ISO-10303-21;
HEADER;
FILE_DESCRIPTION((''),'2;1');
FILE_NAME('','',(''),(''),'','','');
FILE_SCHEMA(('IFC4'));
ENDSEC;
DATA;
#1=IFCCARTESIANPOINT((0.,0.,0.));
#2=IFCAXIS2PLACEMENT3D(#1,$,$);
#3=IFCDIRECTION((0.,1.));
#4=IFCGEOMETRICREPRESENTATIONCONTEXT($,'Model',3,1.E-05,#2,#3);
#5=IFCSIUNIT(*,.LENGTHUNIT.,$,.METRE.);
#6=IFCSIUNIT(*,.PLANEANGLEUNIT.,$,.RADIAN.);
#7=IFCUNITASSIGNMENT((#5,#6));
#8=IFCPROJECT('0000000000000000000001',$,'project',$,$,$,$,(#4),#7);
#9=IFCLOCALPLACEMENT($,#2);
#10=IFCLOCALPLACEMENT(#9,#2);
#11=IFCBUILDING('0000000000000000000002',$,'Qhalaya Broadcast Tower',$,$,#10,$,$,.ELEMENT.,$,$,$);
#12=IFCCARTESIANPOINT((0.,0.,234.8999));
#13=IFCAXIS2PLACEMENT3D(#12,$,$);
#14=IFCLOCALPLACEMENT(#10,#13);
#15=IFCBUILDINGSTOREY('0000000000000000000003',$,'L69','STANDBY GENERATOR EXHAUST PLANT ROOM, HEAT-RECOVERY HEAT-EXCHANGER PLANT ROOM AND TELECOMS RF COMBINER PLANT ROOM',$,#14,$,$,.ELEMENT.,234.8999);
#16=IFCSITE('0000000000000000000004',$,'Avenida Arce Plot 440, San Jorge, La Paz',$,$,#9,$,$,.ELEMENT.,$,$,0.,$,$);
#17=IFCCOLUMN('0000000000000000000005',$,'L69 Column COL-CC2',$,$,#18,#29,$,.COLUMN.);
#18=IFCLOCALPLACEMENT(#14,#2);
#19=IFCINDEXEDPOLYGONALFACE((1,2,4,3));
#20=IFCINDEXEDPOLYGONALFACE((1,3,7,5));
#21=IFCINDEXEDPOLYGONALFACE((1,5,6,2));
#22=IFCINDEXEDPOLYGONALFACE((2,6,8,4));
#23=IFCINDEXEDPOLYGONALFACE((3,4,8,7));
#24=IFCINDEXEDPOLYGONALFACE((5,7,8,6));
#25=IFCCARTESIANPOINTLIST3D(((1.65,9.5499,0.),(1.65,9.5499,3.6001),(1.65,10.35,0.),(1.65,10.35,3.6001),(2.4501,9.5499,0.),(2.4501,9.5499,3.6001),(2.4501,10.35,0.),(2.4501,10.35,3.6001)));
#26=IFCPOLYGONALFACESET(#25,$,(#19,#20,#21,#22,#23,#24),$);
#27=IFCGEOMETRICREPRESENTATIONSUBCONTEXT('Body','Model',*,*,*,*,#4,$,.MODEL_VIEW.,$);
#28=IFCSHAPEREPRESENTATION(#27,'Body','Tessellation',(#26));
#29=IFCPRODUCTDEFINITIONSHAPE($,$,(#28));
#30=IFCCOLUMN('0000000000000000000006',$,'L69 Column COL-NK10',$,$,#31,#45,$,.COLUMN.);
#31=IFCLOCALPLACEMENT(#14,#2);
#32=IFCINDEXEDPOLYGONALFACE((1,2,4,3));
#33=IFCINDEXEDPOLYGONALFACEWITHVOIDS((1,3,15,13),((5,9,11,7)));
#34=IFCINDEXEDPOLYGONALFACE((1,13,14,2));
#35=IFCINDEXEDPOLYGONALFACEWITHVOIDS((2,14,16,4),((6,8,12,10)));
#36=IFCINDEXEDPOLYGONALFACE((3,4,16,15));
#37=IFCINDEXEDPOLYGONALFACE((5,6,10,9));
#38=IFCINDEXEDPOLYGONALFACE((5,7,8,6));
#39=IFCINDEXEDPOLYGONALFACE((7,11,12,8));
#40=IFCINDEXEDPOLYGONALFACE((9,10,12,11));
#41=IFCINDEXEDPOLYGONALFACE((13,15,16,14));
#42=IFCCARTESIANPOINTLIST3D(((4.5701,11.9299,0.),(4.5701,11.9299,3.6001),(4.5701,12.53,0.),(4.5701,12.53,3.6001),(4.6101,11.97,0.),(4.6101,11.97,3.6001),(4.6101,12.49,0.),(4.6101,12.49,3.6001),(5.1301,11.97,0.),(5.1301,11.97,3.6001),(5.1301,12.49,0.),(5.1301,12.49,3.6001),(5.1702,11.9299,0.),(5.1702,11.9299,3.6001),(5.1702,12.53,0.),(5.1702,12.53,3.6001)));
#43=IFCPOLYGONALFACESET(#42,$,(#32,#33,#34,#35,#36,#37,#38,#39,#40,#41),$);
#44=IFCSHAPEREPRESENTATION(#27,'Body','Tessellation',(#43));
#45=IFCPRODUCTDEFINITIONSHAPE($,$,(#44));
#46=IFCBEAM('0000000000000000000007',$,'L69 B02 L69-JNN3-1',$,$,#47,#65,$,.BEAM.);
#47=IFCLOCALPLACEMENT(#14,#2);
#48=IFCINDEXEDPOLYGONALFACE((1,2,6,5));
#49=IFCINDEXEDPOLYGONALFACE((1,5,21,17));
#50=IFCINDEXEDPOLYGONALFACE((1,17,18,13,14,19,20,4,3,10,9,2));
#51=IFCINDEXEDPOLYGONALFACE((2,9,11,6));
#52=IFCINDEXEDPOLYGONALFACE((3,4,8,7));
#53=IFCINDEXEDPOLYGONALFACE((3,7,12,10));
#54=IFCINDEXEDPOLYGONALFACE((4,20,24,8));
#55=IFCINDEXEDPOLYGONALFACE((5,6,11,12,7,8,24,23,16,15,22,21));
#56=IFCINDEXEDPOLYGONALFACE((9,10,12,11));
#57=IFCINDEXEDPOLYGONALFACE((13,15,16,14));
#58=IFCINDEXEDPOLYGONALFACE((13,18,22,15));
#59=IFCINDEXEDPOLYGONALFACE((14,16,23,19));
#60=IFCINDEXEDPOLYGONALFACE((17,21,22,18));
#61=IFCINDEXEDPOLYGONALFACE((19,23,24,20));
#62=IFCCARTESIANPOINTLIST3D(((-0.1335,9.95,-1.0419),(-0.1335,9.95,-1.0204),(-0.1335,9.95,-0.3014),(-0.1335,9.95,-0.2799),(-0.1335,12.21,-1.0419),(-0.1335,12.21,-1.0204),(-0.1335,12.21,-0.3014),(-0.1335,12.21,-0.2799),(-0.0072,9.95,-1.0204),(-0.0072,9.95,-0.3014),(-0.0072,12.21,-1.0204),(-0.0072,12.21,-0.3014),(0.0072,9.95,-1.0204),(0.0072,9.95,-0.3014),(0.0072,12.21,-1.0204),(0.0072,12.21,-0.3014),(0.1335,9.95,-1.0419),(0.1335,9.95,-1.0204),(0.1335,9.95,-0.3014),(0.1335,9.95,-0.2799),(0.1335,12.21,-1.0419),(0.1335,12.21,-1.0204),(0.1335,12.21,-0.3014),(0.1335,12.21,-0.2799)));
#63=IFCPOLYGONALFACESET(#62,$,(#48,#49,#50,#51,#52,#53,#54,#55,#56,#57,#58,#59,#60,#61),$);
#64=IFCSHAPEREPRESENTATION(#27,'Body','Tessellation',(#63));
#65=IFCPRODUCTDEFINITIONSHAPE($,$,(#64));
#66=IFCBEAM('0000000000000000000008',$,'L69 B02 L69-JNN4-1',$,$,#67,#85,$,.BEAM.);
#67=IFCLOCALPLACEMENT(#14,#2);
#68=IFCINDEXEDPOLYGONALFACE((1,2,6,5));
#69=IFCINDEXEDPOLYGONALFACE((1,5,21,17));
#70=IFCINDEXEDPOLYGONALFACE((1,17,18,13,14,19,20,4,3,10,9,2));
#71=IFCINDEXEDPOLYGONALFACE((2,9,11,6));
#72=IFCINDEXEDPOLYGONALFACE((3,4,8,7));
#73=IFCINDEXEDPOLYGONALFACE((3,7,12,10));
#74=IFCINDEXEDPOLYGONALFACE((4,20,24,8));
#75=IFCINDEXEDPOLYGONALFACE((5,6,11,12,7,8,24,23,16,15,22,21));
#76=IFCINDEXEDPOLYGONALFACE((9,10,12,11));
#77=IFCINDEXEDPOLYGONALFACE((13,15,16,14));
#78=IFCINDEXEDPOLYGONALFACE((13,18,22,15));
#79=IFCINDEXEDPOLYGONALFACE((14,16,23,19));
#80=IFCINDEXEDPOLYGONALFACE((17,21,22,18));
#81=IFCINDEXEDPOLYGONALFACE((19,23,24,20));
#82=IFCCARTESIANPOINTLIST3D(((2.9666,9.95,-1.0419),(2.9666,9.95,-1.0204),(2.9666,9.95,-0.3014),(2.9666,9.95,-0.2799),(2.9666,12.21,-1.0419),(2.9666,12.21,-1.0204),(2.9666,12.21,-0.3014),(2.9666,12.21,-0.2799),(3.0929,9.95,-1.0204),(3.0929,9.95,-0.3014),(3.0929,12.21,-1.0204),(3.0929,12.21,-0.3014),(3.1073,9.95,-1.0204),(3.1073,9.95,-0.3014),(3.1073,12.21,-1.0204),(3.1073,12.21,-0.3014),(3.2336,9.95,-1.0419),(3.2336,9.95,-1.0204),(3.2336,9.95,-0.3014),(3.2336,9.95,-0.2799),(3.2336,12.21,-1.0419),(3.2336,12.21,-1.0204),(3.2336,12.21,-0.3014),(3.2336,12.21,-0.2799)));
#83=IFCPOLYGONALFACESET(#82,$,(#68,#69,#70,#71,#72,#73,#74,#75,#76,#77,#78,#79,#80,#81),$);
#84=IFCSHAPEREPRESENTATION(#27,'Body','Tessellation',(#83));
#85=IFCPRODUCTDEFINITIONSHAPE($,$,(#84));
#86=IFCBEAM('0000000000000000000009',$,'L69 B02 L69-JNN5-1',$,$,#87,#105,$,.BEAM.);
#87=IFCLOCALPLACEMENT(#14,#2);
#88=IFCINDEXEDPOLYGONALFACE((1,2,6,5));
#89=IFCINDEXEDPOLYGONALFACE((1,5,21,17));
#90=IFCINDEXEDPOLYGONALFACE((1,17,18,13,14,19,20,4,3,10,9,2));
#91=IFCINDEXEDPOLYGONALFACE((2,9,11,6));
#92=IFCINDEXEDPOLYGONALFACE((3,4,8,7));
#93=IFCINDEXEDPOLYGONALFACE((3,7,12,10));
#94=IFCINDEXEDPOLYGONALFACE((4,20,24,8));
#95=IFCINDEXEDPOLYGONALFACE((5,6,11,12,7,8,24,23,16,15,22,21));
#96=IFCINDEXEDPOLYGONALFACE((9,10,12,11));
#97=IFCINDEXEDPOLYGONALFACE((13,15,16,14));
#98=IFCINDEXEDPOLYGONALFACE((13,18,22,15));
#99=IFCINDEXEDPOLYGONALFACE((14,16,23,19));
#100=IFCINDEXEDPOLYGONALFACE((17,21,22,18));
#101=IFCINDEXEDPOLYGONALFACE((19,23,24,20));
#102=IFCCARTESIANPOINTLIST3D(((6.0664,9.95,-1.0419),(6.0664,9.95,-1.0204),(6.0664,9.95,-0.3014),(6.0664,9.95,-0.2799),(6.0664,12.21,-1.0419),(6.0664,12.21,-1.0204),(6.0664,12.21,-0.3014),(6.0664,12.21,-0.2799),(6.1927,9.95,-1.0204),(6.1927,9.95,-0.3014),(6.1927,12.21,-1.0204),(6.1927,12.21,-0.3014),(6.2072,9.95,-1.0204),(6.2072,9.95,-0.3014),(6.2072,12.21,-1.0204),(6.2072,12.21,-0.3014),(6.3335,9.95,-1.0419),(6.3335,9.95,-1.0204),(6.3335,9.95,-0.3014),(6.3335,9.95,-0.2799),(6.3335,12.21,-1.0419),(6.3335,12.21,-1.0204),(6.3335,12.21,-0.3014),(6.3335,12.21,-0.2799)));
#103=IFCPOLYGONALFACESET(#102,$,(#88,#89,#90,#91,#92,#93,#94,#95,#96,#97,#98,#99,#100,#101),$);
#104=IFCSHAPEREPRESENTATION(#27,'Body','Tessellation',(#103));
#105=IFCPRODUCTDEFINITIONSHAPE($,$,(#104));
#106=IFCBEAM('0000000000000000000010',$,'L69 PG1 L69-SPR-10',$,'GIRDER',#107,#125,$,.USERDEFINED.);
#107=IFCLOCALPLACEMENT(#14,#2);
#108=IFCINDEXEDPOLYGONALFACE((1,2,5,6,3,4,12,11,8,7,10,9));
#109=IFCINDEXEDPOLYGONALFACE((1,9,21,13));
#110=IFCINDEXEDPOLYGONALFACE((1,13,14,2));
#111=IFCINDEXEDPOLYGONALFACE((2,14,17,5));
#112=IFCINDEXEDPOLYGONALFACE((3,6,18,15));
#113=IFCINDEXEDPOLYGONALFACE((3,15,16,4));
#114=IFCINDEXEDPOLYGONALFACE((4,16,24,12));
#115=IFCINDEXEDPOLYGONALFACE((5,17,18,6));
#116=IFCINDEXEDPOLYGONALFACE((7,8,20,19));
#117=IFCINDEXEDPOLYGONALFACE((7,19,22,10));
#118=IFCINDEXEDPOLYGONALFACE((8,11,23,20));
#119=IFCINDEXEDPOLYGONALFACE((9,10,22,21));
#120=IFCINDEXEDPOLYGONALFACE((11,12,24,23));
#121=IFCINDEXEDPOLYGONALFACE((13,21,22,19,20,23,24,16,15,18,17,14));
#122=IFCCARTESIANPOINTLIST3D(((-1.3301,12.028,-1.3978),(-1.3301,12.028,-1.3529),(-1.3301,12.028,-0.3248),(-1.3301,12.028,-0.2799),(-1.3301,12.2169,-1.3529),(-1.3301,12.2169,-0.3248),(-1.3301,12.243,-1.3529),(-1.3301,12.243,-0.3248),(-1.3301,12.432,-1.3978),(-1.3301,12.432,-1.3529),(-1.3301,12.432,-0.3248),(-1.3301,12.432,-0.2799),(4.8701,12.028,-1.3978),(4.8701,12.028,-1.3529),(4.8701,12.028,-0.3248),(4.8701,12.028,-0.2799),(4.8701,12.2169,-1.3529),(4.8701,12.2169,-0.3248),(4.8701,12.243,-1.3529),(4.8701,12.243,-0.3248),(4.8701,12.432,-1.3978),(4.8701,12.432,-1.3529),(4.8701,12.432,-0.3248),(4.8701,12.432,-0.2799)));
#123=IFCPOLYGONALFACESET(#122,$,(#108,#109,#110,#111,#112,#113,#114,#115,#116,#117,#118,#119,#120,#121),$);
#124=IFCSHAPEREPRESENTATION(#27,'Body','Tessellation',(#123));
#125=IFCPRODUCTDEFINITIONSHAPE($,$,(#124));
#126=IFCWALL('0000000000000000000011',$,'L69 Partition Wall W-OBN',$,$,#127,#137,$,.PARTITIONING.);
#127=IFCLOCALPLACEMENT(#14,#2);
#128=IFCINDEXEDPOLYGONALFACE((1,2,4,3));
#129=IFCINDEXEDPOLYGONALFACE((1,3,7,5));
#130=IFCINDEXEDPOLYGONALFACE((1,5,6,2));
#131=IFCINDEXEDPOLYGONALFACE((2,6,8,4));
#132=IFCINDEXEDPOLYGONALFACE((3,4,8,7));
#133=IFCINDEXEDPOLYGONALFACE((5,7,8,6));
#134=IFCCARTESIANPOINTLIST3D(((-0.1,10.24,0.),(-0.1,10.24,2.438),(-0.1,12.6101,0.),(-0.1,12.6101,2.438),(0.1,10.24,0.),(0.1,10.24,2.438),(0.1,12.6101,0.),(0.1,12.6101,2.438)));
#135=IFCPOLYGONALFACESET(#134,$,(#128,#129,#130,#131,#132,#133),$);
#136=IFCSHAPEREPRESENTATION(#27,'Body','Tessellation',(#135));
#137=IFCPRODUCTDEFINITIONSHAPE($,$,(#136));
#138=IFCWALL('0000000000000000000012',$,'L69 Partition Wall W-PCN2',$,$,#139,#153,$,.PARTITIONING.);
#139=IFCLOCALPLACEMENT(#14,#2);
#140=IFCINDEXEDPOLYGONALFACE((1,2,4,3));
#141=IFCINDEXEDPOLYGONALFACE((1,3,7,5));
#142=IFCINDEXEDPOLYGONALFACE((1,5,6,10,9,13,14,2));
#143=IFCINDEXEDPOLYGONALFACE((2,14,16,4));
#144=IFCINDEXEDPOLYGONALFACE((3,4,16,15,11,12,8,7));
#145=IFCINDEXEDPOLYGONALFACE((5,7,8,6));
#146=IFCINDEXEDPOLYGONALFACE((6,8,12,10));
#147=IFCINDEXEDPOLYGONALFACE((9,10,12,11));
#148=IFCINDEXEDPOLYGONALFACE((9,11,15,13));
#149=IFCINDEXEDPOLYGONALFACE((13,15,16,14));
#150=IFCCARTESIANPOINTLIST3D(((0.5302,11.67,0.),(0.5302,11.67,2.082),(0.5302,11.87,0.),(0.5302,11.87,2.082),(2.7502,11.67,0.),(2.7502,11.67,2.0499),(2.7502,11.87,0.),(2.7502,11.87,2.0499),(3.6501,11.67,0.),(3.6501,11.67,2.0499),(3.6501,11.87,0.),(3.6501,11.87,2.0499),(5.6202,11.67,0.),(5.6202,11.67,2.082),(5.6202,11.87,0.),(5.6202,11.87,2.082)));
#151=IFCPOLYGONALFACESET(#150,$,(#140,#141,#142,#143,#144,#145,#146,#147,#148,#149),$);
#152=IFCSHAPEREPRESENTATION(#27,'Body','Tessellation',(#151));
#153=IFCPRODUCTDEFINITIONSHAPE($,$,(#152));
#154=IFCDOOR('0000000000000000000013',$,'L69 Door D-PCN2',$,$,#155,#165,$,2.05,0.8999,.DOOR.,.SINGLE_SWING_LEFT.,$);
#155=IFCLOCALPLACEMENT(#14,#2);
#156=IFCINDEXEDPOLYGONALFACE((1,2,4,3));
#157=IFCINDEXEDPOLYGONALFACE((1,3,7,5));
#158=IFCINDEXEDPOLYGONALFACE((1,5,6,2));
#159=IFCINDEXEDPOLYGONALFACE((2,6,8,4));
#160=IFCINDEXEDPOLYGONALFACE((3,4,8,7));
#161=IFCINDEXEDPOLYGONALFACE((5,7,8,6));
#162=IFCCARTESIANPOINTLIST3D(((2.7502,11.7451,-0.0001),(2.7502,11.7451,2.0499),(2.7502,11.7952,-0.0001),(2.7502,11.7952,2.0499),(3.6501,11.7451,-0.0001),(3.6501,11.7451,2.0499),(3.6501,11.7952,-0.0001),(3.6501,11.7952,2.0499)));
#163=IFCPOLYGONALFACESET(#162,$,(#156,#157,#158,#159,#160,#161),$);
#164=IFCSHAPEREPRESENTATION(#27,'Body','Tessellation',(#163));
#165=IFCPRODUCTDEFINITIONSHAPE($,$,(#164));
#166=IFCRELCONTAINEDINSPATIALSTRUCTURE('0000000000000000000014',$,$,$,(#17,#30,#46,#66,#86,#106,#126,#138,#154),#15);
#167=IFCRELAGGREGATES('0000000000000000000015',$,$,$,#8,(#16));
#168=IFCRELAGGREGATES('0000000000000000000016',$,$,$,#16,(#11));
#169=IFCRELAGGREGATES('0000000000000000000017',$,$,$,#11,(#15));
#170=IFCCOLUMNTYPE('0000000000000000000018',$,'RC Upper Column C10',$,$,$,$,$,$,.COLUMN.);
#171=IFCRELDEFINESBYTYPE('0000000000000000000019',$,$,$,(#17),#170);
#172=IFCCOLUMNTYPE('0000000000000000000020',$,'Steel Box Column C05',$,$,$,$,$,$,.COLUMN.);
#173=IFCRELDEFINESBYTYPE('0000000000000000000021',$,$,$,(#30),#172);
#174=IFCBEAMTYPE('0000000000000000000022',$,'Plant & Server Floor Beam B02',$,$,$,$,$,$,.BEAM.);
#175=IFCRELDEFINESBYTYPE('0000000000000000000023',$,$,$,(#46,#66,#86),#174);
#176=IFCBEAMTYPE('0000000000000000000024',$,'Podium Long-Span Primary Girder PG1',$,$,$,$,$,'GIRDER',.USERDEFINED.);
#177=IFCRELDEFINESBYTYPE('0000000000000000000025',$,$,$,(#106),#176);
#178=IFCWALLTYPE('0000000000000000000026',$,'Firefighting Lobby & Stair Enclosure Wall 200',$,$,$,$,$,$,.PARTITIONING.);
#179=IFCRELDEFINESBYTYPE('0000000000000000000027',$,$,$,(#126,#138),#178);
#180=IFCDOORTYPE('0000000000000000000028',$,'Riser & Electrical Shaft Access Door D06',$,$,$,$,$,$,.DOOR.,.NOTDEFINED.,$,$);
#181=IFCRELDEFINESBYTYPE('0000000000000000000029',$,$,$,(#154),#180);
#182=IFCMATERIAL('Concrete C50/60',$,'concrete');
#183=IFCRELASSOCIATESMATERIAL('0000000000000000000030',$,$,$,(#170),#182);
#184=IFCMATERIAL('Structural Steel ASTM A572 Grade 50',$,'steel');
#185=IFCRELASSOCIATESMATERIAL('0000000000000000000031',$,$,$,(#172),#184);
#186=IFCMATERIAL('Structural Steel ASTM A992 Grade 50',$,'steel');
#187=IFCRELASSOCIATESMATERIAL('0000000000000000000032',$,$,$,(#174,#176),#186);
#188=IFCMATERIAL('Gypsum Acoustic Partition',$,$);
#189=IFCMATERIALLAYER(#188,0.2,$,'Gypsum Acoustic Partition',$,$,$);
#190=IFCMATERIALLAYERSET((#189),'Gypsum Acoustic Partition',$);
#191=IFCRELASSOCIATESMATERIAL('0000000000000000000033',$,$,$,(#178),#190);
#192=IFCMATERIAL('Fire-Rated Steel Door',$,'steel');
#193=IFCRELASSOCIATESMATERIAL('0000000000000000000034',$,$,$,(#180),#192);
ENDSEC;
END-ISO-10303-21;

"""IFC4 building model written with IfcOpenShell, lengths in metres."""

from ifc_helpers import new_model, si_unit, direction, frame, frame_2d, origin, origin_2d, place, context, subcontext, project, spatial, rectangle, hollow_rectangle, i_section, extrude, material, layer, layer_set, material_profile, profile_set, type_object, element, fill, save


model = new_model("IFC4")

# Units and contexts
model_context = context("Model", 3, precision=1e-05, world=origin(), true_north=direction((0.0, 1.0)))
body_context = subcontext(model_context, "Body", "Model", "MODEL_VIEW")
ifc_project = project(units=[si_unit("LENGTHUNIT", "METRE"), si_unit("PLANEANGLEUNIT", "RADIAN")], contexts=[model_context])

# Site, building, storey
site_placement = place(None, origin())
site = spatial("IfcSite", under=ifc_project, at=site_placement, Name="Avenida Arce Plot 440, San Jorge, La Paz", CompositionType="ELEMENT", RefElevation=0.0)
building_placement = place(site_placement, origin())
building = spatial("IfcBuilding", under=site, at=building_placement, Name="Qhalaya Broadcast Tower", CompositionType="ELEMENT")
storey_placement = place(building_placement, frame((0.0, 0.0, 234.8999)))
storey = spatial("IfcBuildingStorey", under=building, at=storey_placement, Name="L69", Description="STANDBY GENERATOR EXHAUST PLANT ROOM, HEAT-RECOVERY HEAT-EXCHANGER PLANT ROOM AND TELECOMS RF COMBINER PLANT ROOM", CompositionType="ELEMENT", Elevation=234.8999)

# Columns
ifc_material_1 = material(Name="Concrete C50/60", Category="concrete")
ifc_material_profile_1 = material_profile(ifc_material_1, rectangle(XDim=0.8, YDim=0.8, at=origin_2d()), Name="RC-COL 800x800")
ifc_profile_set_1 = profile_set([ifc_material_profile_1], Name="Concrete C50/60")
column_type_1 = type_object("IfcColumnType", Name="RC Upper Column C10", PredefinedType="COLUMN", material=ifc_profile_set_1)
column_1_placement = place(storey_placement, frame((2.05, 9.95, 0.0), z_axis=(0.0, 0.0, 1.0), x_axis=(1.0, 0.0, 0.0)))
element("IfcColumn", 1, at=column_1_placement, inside=storey, type_object=column_type_1, Name="L69 Column COL-CC2", PredefinedType="COLUMN", context=body_context, shape_type="SweptSolid", body=[
    extrude(rectangle(XDim=0.8, YDim=0.8, at=origin_2d()), origin(), (0.0, 0.0, 1.0), 3.6001),
])
ifc_material_2 = material(Name="Structural Steel ASTM A572 Grade 50", Category="steel")
ifc_material_profile_2 = material_profile(ifc_material_2, hollow_rectangle(XDim=0.6001, YDim=0.6001, WallThickness=0.04, at=origin_2d()), Name="BOX 600x600x40")
ifc_profile_set_2 = profile_set([ifc_material_profile_2], Name="Structural Steel ASTM A572 Grade 50")
column_type_2 = type_object("IfcColumnType", Name="Steel Box Column C05", PredefinedType="COLUMN", material=ifc_profile_set_2)
column_2_placement = place(storey_placement, frame((4.8701, 12.23, 0.0), z_axis=(0.0, 0.0, 1.0), x_axis=(1.0, 0.0, 0.0)))
element("IfcColumn", 2, at=column_2_placement, inside=storey, type_object=column_type_2, Name="L69 Column COL-NK10", PredefinedType="COLUMN", context=body_context, shape_type="SweptSolid", body=[
    extrude(hollow_rectangle(XDim=0.6001, YDim=0.6001, WallThickness=0.04, at=origin_2d()), origin(), (0.0, 0.0, 1.0), 3.6001),
])

# Beams
ifc_material_3 = material(Name="Structural Steel ASTM A992 Grade 50", Category="steel")
ifc_material_profile_3 = material_profile(ifc_material_3, i_section(OverallWidth=0.2671, OverallDepth=0.762, WebThickness=0.0144, FlangeThickness=0.0215, at=origin_2d()), Name="W30X116")
ifc_profile_set_3 = profile_set([ifc_material_profile_3], Name="Structural Steel ASTM A992 Grade 50")
beam_type_1 = type_object("IfcBeamType", Name="Plant & Server Floor Beam B02", PredefinedType="BEAM", material=ifc_profile_set_3)
for number, where, z_axis, x_axis, name in (
    (3, (0.0, 9.95, -0.6609), (0.0, 1.0, 0.0), (-1.0, 0.0, 0.0), "L69 B02 L69-JNN3-1"),
    (4, (3.1001, 9.95, -0.6609), (0.0, 1.0, 0.0), (-1.0, 0.0, 0.0), "L69 B02 L69-JNN4-1"),
    (5, (6.2, 9.95, -0.6609), (0.0, 1.0, 0.0), (-1.0, 0.0, 0.0), "L69 B02 L69-JNN5-1"),
):
    element("IfcBeam", number, at=place(storey_placement, frame(where, z_axis=z_axis, x_axis=x_axis)), inside=storey, type_object=beam_type_1, Name=name, PredefinedType="BEAM", context=body_context, shape_type="SweptSolid", body=[
        extrude(i_section(OverallWidth=0.2671, OverallDepth=0.762, WebThickness=0.0144, FlangeThickness=0.0215, at=origin_2d()), origin(), (0.0, 0.0, 1.0), 2.26),
    ])
ifc_material_profile_4 = material_profile(ifc_material_3, i_section(OverallWidth=0.4041, OverallDepth=1.1179, WebThickness=0.0261, FlangeThickness=0.0449, at=origin_2d()), Name="W44X335")
ifc_profile_set_4 = profile_set([ifc_material_profile_4], Name="Structural Steel ASTM A992 Grade 50")
beam_type_2 = type_object("IfcBeamType", Name="Podium Long-Span Primary Girder PG1", ElementType="GIRDER", PredefinedType="USERDEFINED", material=ifc_profile_set_4)
beam_placement = place(storey_placement, frame((4.8701, 12.23, -0.8389), z_axis=(-1.0, 0.0, 0.0), x_axis=(0.0, -1.0, 0.0)))
element("IfcBeam", 6, at=beam_placement, inside=storey, type_object=beam_type_2, Name="L69 PG1 L69-SPR-10", ObjectType="GIRDER", PredefinedType="USERDEFINED", context=body_context, shape_type="SweptSolid", body=[
    extrude(i_section(OverallWidth=0.4041, OverallDepth=1.1179, WebThickness=0.0261, FlangeThickness=0.0449, at=origin_2d()), origin(), (0.0, 0.0, 1.0), 6.2002),
])

# Wall
ifc_material_4 = material(Name="Gypsum Acoustic Partition")
ifc_layer_1 = layer(ifc_material_4, 0.2, Name="Gypsum Acoustic Partition")
ifc_layer_set_1 = layer_set([ifc_layer_1], Name="Gypsum Acoustic Partition")
wall_type_1 = type_object("IfcWallType", Name="Firefighting Lobby & Stair Enclosure Wall 200", PredefinedType="PARTITIONING", material=ifc_layer_set_1)
wall_1_placement = place(storey_placement, frame((0.0, 10.24, 0.0), z_axis=(0.0, 0.0, 1.0), x_axis=(0.0, 1.0, 0.0)))
element("IfcWall", 7, at=wall_1_placement, inside=storey, type_object=wall_type_1, Name="L69 Partition Wall W-OBN", PredefinedType="PARTITIONING", context=body_context, shape_type="SweptSolid", body=[
    extrude(rectangle(XDim=2.3701, YDim=0.2, at=frame_2d((1.1851, 0.0))), origin(), (0.0, 0.0, 1.0), 2.438),
])

# Wall, opening, door
wall_2_placement = place(storey_placement, frame((5.6201, 11.77, 0.0), z_axis=(0.0, 0.0, 1.0), x_axis=(-1.0, 0.0, 0.0)))
wall_2 = element("IfcWall", 8, at=wall_2_placement, inside=storey, type_object=wall_type_1, Name="L69 Partition Wall W-PCN2", PredefinedType="PARTITIONING", context=body_context, shape_type="SweptSolid", body=[
    extrude(rectangle(XDim=5.0901, YDim=0.2, at=frame_2d((2.5449, 0.0))), origin(), (0.0, 0.0, 1.0), 2.082),
])
opening_1_placement = place(wall_2_placement, frame((1.97, 0.0, 0.0)))
opening_1 = element("IfcOpeningElement", 9, at=opening_1_placement, cuts=wall_2, PredefinedType="OPENING", context=body_context, shape_type="SweptSolid", body=[
    extrude(rectangle(XDim=0.8999, YDim=2.05, at=frame_2d((0.45, 1.0249))), frame((0.0, 0.1121, 0.0), z_axis=(0.0, -1.0, 0.0), x_axis=(1.0, 0.0, 0.0)), (0.0, 0.0, 1.0), 0.2239),
])
ifc_material_5 = material(Name="Fire-Rated Steel Door", Category="steel")
door_type_1 = type_object("IfcDoorType", Name="Riser & Electrical Shaft Access Door D06", OperationType="NOTDEFINED", PredefinedType="DOOR", material=ifc_material_5)
door_1_placement = place(opening_1_placement, origin())
door_1 = element("IfcDoor", 10, at=door_1_placement, inside=storey, type_object=door_type_1, Name="L69 Door D-PCN2", OperationType="SINGLE_SWING_LEFT", OverallHeight=2.05, OverallWidth=0.8999, PredefinedType="DOOR", context=body_context, shape_type="SweptSolid", body=[
    extrude(rectangle(XDim=0.8999, YDim=2.05, at=frame_2d((0.45, 1.0249))), frame((0.0, 0.0249, 0.0), z_axis=(0.0, -1.0, 0.0), x_axis=(1.0, 0.0, 0.0)), (0.0, 0.0, 1.0), 0.05),
])
fill(opening_1, door_1)

save(model, "model.ifc")
